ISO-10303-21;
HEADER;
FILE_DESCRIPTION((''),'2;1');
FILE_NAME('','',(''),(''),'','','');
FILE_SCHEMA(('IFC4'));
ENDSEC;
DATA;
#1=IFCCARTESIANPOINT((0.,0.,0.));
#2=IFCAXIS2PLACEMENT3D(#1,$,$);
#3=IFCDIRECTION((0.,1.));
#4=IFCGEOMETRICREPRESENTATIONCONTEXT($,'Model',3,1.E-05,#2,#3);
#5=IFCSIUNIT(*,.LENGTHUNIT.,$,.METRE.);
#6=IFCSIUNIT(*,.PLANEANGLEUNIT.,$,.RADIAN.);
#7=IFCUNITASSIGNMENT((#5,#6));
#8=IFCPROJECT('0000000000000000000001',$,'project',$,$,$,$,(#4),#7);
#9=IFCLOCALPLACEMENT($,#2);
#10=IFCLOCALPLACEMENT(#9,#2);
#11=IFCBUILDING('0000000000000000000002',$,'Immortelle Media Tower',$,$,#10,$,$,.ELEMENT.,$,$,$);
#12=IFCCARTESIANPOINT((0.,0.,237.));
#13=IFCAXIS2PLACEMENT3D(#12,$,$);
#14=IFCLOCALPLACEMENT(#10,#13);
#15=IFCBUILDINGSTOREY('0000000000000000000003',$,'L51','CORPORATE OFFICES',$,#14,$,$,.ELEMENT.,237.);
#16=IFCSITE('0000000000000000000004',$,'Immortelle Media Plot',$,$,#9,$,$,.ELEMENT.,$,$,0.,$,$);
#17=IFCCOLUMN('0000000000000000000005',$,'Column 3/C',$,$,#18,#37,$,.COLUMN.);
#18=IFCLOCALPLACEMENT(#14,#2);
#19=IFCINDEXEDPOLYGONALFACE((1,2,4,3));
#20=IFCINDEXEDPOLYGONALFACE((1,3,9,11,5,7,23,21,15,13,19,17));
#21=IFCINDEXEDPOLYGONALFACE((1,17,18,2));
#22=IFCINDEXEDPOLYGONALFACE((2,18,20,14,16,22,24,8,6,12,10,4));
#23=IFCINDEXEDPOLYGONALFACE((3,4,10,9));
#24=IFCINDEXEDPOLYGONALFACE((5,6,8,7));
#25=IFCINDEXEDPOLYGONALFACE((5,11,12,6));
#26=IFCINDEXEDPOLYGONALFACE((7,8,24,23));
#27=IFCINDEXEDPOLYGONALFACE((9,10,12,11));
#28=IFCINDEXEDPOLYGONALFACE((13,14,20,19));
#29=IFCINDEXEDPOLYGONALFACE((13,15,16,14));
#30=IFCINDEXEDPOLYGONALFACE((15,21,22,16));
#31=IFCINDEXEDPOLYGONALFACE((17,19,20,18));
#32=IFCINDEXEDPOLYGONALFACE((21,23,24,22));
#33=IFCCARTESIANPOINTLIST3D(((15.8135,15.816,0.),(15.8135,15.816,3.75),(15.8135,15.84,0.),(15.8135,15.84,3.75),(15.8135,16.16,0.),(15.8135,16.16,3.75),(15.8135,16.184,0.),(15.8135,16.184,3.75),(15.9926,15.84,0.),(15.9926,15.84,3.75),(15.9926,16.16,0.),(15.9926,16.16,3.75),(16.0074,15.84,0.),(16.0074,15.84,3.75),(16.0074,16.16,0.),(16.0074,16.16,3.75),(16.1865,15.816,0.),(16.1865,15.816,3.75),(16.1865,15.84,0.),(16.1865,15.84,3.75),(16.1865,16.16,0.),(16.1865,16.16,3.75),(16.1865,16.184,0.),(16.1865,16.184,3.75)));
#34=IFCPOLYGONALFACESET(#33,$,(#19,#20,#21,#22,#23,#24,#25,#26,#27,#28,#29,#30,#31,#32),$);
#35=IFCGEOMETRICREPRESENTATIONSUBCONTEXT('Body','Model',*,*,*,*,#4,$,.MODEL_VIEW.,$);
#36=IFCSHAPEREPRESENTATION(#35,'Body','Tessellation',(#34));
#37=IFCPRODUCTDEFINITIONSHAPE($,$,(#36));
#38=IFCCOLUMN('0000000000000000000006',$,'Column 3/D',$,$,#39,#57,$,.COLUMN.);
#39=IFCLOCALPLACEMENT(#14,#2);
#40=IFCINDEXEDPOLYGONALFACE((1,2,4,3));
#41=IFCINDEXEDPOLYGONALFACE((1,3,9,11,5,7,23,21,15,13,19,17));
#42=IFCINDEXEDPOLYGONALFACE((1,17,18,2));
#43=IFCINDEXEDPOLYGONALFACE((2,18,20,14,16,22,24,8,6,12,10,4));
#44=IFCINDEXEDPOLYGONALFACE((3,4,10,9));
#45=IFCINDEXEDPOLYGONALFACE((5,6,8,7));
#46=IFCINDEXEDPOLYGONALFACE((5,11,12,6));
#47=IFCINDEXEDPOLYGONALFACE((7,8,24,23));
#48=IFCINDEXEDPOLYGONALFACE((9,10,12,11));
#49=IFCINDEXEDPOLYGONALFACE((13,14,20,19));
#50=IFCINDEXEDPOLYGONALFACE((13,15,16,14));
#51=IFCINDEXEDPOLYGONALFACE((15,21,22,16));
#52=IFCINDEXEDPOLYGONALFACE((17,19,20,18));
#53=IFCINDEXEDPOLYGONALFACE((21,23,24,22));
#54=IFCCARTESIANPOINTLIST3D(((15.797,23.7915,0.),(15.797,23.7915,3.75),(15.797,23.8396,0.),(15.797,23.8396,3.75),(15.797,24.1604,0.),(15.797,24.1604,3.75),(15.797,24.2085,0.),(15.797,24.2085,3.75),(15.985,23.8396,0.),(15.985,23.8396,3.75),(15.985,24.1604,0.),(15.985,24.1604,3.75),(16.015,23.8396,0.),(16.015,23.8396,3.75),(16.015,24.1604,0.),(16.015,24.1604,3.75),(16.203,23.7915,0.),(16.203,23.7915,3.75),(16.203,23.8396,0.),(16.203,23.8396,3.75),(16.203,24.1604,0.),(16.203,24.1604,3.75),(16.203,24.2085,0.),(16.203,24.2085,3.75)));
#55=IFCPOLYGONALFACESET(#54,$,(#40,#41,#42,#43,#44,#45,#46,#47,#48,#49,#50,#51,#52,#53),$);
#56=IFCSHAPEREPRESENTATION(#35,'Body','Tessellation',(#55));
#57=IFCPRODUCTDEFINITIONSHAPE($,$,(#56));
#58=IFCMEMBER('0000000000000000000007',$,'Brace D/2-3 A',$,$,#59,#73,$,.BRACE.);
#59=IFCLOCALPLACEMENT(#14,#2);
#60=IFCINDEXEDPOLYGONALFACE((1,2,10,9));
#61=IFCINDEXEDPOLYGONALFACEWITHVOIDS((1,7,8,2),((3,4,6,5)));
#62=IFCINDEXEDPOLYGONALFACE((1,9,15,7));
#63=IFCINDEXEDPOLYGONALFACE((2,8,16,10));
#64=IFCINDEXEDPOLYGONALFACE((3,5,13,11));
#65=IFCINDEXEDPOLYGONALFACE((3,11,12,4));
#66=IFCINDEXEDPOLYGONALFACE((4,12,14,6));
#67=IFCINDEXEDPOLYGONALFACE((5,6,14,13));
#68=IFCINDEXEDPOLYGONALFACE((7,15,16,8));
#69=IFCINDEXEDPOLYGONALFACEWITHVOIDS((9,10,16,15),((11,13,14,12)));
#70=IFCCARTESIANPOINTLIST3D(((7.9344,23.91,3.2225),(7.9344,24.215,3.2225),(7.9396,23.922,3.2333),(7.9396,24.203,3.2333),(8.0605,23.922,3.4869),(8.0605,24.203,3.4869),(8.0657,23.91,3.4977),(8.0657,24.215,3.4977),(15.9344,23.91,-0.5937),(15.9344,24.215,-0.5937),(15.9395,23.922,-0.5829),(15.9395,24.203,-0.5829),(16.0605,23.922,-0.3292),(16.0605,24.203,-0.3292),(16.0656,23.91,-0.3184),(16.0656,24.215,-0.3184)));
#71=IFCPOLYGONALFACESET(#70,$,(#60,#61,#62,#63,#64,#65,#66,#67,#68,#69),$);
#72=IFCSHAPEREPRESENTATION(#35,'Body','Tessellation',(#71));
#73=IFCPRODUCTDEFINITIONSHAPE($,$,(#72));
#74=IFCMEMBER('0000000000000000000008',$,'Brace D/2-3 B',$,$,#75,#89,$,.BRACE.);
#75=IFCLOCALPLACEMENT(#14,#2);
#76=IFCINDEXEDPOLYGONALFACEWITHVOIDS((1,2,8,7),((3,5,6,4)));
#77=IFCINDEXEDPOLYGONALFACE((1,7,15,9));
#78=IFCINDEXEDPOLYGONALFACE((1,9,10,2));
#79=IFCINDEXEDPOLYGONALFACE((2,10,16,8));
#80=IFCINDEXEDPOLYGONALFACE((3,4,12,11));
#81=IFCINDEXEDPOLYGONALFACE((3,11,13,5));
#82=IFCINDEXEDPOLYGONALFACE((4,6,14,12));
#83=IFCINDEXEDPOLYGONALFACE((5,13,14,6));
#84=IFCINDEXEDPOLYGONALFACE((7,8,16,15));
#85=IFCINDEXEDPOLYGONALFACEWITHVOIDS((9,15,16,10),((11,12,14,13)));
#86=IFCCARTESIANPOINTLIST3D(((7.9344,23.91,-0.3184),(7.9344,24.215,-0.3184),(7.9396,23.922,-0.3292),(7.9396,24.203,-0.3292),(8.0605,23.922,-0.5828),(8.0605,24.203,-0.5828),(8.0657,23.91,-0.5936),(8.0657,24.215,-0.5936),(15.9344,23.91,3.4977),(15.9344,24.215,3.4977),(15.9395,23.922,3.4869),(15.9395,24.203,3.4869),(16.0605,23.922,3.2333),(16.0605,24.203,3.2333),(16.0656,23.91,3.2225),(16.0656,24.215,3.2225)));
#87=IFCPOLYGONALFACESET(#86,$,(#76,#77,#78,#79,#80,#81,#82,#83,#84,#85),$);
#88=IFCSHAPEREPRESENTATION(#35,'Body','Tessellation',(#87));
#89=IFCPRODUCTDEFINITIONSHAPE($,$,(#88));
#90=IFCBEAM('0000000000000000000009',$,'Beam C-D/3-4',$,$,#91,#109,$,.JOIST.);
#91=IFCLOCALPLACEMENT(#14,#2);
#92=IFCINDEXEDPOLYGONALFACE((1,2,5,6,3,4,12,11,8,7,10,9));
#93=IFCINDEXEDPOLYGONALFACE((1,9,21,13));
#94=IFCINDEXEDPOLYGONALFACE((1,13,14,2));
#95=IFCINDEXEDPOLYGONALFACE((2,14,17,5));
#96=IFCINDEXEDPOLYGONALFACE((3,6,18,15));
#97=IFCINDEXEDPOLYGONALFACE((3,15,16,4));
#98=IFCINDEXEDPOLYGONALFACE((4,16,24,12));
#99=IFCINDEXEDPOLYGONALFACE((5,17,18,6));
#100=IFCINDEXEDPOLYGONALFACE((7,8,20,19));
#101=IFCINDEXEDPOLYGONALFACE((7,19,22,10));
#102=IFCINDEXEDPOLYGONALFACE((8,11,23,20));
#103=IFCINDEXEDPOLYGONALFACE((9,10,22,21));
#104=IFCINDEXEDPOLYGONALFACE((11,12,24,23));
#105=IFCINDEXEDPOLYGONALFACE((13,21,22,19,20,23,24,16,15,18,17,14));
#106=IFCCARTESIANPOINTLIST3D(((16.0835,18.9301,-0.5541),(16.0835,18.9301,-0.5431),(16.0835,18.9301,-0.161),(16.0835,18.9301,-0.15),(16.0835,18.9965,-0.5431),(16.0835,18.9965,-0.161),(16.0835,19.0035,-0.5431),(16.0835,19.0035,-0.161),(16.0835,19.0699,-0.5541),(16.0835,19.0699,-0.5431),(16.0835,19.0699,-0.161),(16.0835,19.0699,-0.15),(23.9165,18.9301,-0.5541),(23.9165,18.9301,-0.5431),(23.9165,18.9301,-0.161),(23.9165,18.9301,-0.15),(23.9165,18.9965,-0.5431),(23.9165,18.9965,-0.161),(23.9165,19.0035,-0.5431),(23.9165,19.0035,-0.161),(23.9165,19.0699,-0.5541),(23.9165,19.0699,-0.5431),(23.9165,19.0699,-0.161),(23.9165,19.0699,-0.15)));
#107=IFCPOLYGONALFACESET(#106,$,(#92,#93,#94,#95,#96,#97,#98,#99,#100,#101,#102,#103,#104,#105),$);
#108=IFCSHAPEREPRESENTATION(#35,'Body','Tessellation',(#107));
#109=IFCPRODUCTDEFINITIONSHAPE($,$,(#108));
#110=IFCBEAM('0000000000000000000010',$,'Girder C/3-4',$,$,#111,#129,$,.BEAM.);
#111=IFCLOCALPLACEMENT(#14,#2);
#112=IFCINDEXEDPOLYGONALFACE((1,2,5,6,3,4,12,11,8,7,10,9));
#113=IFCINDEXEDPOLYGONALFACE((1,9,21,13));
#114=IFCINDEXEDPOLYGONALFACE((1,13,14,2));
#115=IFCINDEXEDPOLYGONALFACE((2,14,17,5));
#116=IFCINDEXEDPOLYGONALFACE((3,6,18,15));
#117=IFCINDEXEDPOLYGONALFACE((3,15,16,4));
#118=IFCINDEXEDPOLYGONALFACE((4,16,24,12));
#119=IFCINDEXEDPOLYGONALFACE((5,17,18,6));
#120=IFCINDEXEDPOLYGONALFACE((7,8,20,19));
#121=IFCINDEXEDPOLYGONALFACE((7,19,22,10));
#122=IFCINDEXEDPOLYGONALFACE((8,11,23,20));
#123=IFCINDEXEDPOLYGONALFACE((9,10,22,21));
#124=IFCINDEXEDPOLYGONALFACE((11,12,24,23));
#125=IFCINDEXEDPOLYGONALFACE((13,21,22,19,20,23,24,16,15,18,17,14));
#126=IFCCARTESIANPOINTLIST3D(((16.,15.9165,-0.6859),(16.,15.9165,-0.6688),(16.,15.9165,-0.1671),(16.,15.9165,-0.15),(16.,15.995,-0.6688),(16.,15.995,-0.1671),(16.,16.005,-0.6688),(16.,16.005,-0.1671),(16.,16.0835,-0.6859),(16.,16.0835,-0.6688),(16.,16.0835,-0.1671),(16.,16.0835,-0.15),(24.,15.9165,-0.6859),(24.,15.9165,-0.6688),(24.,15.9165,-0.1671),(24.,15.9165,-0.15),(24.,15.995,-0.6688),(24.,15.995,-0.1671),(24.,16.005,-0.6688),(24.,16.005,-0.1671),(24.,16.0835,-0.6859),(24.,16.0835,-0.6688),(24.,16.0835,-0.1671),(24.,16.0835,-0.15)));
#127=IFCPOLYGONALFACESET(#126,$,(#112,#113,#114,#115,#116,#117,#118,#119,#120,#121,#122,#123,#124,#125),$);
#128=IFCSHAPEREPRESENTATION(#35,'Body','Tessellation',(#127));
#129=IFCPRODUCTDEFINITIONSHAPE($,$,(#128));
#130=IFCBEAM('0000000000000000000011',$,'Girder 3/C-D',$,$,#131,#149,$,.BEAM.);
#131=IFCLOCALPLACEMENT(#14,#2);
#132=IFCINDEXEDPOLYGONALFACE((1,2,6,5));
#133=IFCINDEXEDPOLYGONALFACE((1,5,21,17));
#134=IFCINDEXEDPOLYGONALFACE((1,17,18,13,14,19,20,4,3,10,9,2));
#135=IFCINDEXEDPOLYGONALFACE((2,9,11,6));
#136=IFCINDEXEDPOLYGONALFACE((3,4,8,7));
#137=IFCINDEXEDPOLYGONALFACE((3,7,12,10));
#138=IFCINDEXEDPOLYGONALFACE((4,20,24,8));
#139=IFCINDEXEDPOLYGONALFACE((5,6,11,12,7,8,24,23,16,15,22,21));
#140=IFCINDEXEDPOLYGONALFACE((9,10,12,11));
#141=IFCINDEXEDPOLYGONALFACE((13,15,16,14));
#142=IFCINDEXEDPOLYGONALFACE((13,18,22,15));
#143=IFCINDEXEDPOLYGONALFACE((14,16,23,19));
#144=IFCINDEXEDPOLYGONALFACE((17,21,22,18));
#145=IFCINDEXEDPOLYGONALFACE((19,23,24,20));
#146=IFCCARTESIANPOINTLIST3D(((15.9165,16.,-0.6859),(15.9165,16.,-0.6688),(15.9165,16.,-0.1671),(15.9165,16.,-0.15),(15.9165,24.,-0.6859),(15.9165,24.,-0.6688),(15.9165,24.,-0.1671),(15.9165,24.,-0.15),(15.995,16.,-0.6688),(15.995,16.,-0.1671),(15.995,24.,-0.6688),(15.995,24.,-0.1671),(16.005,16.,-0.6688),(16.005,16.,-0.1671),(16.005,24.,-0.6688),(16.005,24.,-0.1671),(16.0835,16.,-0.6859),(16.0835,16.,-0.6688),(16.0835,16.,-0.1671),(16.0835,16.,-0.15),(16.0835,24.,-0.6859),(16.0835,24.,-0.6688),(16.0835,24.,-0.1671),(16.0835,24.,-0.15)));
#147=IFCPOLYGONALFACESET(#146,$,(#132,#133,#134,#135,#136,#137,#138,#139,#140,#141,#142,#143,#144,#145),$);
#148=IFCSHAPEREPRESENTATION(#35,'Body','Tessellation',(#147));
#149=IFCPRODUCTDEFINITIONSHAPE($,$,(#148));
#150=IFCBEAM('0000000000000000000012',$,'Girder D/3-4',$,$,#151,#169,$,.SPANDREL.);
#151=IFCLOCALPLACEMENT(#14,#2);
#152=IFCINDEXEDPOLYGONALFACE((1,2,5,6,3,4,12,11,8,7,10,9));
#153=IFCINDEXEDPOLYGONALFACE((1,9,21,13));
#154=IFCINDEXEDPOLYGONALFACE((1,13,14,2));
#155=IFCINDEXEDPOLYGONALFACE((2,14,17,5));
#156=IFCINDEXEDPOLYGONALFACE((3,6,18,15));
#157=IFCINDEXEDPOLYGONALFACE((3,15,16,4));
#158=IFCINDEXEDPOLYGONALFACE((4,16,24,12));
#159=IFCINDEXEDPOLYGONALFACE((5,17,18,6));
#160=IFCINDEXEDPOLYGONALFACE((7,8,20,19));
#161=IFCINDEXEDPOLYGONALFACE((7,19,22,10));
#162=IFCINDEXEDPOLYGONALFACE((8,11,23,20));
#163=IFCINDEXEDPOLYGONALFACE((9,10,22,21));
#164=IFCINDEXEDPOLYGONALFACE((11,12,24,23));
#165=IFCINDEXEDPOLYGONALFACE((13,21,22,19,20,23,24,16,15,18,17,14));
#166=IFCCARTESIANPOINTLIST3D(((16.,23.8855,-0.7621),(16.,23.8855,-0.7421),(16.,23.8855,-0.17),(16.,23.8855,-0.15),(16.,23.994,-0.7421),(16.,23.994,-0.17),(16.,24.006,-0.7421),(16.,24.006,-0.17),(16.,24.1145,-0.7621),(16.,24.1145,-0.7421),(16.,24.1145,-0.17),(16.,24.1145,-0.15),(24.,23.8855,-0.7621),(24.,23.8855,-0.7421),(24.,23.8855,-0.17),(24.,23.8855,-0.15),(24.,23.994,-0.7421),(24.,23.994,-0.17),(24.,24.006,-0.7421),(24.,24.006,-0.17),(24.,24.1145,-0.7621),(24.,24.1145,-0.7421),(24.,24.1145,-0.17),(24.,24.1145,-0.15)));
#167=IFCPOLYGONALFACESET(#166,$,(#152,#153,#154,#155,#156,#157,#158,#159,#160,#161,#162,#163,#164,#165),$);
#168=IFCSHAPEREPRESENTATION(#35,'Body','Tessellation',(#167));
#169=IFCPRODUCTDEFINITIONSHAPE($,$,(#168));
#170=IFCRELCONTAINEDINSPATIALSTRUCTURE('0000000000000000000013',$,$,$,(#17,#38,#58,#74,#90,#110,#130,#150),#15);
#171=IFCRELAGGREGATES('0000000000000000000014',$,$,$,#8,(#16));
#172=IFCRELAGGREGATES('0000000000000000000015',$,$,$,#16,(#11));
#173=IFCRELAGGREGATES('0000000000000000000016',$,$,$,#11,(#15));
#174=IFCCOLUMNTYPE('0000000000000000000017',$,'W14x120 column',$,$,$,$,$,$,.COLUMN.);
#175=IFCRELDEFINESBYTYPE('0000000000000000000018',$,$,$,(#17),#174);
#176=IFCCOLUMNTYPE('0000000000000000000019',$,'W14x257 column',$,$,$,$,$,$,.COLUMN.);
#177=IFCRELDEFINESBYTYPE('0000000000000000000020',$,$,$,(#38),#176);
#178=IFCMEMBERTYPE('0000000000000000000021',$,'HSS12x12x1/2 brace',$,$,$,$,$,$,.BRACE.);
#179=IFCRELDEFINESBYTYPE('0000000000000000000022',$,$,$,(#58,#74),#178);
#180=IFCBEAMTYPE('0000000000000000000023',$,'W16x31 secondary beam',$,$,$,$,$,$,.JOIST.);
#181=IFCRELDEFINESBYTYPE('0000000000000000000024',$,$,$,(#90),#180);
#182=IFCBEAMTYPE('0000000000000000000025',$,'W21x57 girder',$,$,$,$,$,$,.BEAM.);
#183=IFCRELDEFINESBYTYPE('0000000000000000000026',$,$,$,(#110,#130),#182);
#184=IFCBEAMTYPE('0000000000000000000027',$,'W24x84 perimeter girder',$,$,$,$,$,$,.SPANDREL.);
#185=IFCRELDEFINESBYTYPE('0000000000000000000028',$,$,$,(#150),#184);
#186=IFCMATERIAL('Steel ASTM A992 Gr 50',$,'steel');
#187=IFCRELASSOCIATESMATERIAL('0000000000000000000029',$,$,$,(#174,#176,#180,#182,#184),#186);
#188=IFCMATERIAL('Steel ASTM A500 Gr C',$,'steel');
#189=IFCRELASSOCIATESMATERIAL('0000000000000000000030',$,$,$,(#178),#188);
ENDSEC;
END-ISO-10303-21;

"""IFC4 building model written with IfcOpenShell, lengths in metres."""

from ifc_helpers import new_model, si_unit, direction, frame, origin, origin_2d, place, context, subcontext, project, spatial, hollow_rectangle, i_section, extrude, material, material_profile, profile_set, type_object, element, save


model = new_model("IFC4")

# Units and contexts
model_context = context("Model", 3, precision=1e-05, world=origin(), true_north=direction((0.0, 1.0)))
body_context = subcontext(model_context, "Body", "Model", "MODEL_VIEW")
ifc_project = project(units=[si_unit("LENGTHUNIT", "METRE"), si_unit("PLANEANGLEUNIT", "RADIAN")], contexts=[model_context])

# Site, building, storey
site_placement = place(None, origin())
site = spatial("IfcSite", under=ifc_project, at=site_placement, Name="Immortelle Media Plot", CompositionType="ELEMENT", RefElevation=0.0)
building_placement = place(site_placement, origin())
building = spatial("IfcBuilding", under=site, at=building_placement, Name="Immortelle Media Tower", CompositionType="ELEMENT")
storey_placement = place(building_placement, frame((0.0, 0.0, 237.0)))
storey = spatial("IfcBuildingStorey", under=building, at=storey_placement, Name="L51", Description="CORPORATE OFFICES", CompositionType="ELEMENT", Elevation=237.0)

# Columns
ifc_material_1 = material(Name="Steel ASTM A992 Gr 50", Category="steel")
ifc_material_profile_1 = material_profile(ifc_material_1, i_section(OverallWidth=0.373, OverallDepth=0.3679, WebThickness=0.0149, FlangeThickness=0.0239, at=origin_2d()), Name="W14x120")
ifc_profile_set_1 = profile_set([ifc_material_profile_1], Name="Steel ASTM A992 Gr 50")
column_type_1 = type_object("IfcColumnType", Name="W14x120 column", PredefinedType="COLUMN", material=ifc_profile_set_1)
column_1_placement = place(storey_placement, frame((16.0, 16.0, 0.0), z_axis=(0.0, 0.0, 1.0), x_axis=(1.0, 0.0, 0.0)))
element("IfcColumn", 1, at=column_1_placement, inside=storey, type_object=column_type_1, Name="Column 3/C", PredefinedType="COLUMN", context=body_context, shape_type="SweptSolid", body=[
    extrude(i_section(OverallWidth=0.373, OverallDepth=0.3679, WebThickness=0.0149, FlangeThickness=0.0239, at=origin_2d()), origin(), (0.0, 0.0, 1.0), 3.75),
])
ifc_material_profile_2 = material_profile(ifc_material_1, i_section(OverallWidth=0.406, OverallDepth=0.417, WebThickness=0.03, FlangeThickness=0.0481, at=origin_2d()), Name="W14x257")
ifc_profile_set_2 = profile_set([ifc_material_profile_2], Name="Steel ASTM A992 Gr 50")
column_type_2 = type_object("IfcColumnType", Name="W14x257 column", PredefinedType="COLUMN", material=ifc_profile_set_2)
column_2_placement = place(storey_placement, frame((16.0, 24.0, 0.0), z_axis=(0.0, 0.0, 1.0), x_axis=(1.0, 0.0, 0.0)))
element("IfcColumn", 2, at=column_2_placement, inside=storey, type_object=column_type_2, Name="Column 3/D", PredefinedType="COLUMN", context=body_context, shape_type="SweptSolid", body=[
    extrude(i_section(OverallWidth=0.406, OverallDepth=0.417, WebThickness=0.03, FlangeThickness=0.0481, at=origin_2d()), origin(), (0.0, 0.0, 1.0), 3.75),
])

# Members
ifc_material_2 = material(Name="Steel ASTM A500 Gr C", Category="steel")
ifc_material_profile_3 = material_profile(ifc_material_2, hollow_rectangle(XDim=0.3049, YDim=0.3049, WallThickness=0.012, at=origin_2d()), Name="HSS12x12x1/2 brace")
ifc_profile_set_3 = profile_set([ifc_material_profile_3], Name="Steel ASTM A500 Gr C")
member_type = type_object("IfcMemberType", Name="HSS12x12x1/2 brace", PredefinedType="BRACE", material=ifc_profile_set_3)
for number, where, z_axis, x_axis, name in (
    (3, (16.0, 24.0625, -0.4561), (-0.90257, 0.0, 0.430544), (0.0, -1.0, 0.0), "Brace D/2-3 A"),
    (4, (16.0, 24.0625, 3.3601), (-0.90257, 0.0, -0.430544), (0.0, -1.0, 0.0), "Brace D/2-3 B"),
):
    element("IfcMember", number, at=place(storey_placement, frame(where, z_axis=z_axis, x_axis=x_axis)), inside=storey, type_object=member_type, Name=name, PredefinedType="BRACE", context=body_context, shape_type="SweptSolid", body=[
        extrude(hollow_rectangle(XDim=0.3049, YDim=0.3049, WallThickness=0.012, at=origin_2d()), origin(), (0.0, 0.0, 1.0), 8.8635),
    ])

# Beams
ifc_material_profile_4 = material_profile(ifc_material_1, i_section(OverallWidth=0.1399, OverallDepth=0.4041, WebThickness=0.0071, FlangeThickness=0.011, at=origin_2d()), Name="W16x31")
ifc_profile_set_4 = profile_set([ifc_material_profile_4], Name="Steel ASTM A992 Gr 50")
beam_type_1 = type_object("IfcBeamType", Name="W16x31 secondary beam", PredefinedType="JOIST", material=ifc_profile_set_4)
beam_1_placement = place(storey_placement, frame((16.0835, 19.0, -0.3521), z_axis=(1.0, 0.0, 0.0), x_axis=(0.0, 1.0, 0.0)))
element("IfcBeam", 5, at=beam_1_placement, inside=storey, type_object=beam_type_1, Name="Beam C-D/3-4", PredefinedType="JOIST", context=body_context, shape_type="SweptSolid", body=[
    extrude(i_section(OverallWidth=0.1399, OverallDepth=0.4041, WebThickness=0.0071, FlangeThickness=0.011, at=origin_2d()), origin(), (0.0, 0.0, 1.0), 7.833),
])
ifc_material_profile_5 = material_profile(ifc_material_1, i_section(OverallWidth=0.167, OverallDepth=0.5359, WebThickness=0.01, FlangeThickness=0.0171, at=origin_2d()), Name="W21x57")
ifc_profile_set_5 = profile_set([ifc_material_profile_5], Name="Steel ASTM A992 Gr 50")
beam_type_2 = type_object("IfcBeamType", Name="W21x57 girder", PredefinedType="BEAM", material=ifc_profile_set_5)
for number, where, z_axis, x_axis, name in (
    (6, (16.0, 16.0, -0.418), (1.0, 0.0, 0.0), (0.0, 1.0, 0.0), "Girder C/3-4"),
    (7, (16.0, 16.0, -0.418), (0.0, 1.0, 0.0), (-1.0, 0.0, 0.0), "Girder 3/C-D"),
):
    element("IfcBeam", number, at=place(storey_placement, frame(where, z_axis=z_axis, x_axis=x_axis)), inside=storey, type_object=beam_type_2, Name=name, PredefinedType="BEAM", context=body_context, shape_type="SweptSolid", body=[
        extrude(i_section(OverallWidth=0.167, OverallDepth=0.5359, WebThickness=0.01, FlangeThickness=0.0171, at=origin_2d()), origin(), (0.0, 0.0, 1.0), 8.0),
    ])
ifc_material_profile_6 = material_profile(ifc_material_1, i_section(OverallWidth=0.229, OverallDepth=0.6121, WebThickness=0.012, FlangeThickness=0.02, at=origin_2d()), Name="W24x84")
ifc_profile_set_6 = profile_set([ifc_material_profile_6], Name="Steel ASTM A992 Gr 50")
beam_type_3 = type_object("IfcBeamType", Name="W24x84 perimeter girder", PredefinedType="SPANDREL", material=ifc_profile_set_6)
beam_2_placement = place(storey_placement, frame((16.0, 24.0, -0.4561), z_axis=(1.0, 0.0, 0.0), x_axis=(0.0, 1.0, 0.0)))
element("IfcBeam", 8, at=beam_2_placement, inside=storey, type_object=beam_type_3, Name="Girder D/3-4", PredefinedType="SPANDREL", context=body_context, shape_type="SweptSolid", body=[
    extrude(i_section(OverallWidth=0.229, OverallDepth=0.6121, WebThickness=0.012, FlangeThickness=0.02, at=origin_2d()), origin(), (0.0, 0.0, 1.0), 8.0),
])

save(model, "model.ifc")
